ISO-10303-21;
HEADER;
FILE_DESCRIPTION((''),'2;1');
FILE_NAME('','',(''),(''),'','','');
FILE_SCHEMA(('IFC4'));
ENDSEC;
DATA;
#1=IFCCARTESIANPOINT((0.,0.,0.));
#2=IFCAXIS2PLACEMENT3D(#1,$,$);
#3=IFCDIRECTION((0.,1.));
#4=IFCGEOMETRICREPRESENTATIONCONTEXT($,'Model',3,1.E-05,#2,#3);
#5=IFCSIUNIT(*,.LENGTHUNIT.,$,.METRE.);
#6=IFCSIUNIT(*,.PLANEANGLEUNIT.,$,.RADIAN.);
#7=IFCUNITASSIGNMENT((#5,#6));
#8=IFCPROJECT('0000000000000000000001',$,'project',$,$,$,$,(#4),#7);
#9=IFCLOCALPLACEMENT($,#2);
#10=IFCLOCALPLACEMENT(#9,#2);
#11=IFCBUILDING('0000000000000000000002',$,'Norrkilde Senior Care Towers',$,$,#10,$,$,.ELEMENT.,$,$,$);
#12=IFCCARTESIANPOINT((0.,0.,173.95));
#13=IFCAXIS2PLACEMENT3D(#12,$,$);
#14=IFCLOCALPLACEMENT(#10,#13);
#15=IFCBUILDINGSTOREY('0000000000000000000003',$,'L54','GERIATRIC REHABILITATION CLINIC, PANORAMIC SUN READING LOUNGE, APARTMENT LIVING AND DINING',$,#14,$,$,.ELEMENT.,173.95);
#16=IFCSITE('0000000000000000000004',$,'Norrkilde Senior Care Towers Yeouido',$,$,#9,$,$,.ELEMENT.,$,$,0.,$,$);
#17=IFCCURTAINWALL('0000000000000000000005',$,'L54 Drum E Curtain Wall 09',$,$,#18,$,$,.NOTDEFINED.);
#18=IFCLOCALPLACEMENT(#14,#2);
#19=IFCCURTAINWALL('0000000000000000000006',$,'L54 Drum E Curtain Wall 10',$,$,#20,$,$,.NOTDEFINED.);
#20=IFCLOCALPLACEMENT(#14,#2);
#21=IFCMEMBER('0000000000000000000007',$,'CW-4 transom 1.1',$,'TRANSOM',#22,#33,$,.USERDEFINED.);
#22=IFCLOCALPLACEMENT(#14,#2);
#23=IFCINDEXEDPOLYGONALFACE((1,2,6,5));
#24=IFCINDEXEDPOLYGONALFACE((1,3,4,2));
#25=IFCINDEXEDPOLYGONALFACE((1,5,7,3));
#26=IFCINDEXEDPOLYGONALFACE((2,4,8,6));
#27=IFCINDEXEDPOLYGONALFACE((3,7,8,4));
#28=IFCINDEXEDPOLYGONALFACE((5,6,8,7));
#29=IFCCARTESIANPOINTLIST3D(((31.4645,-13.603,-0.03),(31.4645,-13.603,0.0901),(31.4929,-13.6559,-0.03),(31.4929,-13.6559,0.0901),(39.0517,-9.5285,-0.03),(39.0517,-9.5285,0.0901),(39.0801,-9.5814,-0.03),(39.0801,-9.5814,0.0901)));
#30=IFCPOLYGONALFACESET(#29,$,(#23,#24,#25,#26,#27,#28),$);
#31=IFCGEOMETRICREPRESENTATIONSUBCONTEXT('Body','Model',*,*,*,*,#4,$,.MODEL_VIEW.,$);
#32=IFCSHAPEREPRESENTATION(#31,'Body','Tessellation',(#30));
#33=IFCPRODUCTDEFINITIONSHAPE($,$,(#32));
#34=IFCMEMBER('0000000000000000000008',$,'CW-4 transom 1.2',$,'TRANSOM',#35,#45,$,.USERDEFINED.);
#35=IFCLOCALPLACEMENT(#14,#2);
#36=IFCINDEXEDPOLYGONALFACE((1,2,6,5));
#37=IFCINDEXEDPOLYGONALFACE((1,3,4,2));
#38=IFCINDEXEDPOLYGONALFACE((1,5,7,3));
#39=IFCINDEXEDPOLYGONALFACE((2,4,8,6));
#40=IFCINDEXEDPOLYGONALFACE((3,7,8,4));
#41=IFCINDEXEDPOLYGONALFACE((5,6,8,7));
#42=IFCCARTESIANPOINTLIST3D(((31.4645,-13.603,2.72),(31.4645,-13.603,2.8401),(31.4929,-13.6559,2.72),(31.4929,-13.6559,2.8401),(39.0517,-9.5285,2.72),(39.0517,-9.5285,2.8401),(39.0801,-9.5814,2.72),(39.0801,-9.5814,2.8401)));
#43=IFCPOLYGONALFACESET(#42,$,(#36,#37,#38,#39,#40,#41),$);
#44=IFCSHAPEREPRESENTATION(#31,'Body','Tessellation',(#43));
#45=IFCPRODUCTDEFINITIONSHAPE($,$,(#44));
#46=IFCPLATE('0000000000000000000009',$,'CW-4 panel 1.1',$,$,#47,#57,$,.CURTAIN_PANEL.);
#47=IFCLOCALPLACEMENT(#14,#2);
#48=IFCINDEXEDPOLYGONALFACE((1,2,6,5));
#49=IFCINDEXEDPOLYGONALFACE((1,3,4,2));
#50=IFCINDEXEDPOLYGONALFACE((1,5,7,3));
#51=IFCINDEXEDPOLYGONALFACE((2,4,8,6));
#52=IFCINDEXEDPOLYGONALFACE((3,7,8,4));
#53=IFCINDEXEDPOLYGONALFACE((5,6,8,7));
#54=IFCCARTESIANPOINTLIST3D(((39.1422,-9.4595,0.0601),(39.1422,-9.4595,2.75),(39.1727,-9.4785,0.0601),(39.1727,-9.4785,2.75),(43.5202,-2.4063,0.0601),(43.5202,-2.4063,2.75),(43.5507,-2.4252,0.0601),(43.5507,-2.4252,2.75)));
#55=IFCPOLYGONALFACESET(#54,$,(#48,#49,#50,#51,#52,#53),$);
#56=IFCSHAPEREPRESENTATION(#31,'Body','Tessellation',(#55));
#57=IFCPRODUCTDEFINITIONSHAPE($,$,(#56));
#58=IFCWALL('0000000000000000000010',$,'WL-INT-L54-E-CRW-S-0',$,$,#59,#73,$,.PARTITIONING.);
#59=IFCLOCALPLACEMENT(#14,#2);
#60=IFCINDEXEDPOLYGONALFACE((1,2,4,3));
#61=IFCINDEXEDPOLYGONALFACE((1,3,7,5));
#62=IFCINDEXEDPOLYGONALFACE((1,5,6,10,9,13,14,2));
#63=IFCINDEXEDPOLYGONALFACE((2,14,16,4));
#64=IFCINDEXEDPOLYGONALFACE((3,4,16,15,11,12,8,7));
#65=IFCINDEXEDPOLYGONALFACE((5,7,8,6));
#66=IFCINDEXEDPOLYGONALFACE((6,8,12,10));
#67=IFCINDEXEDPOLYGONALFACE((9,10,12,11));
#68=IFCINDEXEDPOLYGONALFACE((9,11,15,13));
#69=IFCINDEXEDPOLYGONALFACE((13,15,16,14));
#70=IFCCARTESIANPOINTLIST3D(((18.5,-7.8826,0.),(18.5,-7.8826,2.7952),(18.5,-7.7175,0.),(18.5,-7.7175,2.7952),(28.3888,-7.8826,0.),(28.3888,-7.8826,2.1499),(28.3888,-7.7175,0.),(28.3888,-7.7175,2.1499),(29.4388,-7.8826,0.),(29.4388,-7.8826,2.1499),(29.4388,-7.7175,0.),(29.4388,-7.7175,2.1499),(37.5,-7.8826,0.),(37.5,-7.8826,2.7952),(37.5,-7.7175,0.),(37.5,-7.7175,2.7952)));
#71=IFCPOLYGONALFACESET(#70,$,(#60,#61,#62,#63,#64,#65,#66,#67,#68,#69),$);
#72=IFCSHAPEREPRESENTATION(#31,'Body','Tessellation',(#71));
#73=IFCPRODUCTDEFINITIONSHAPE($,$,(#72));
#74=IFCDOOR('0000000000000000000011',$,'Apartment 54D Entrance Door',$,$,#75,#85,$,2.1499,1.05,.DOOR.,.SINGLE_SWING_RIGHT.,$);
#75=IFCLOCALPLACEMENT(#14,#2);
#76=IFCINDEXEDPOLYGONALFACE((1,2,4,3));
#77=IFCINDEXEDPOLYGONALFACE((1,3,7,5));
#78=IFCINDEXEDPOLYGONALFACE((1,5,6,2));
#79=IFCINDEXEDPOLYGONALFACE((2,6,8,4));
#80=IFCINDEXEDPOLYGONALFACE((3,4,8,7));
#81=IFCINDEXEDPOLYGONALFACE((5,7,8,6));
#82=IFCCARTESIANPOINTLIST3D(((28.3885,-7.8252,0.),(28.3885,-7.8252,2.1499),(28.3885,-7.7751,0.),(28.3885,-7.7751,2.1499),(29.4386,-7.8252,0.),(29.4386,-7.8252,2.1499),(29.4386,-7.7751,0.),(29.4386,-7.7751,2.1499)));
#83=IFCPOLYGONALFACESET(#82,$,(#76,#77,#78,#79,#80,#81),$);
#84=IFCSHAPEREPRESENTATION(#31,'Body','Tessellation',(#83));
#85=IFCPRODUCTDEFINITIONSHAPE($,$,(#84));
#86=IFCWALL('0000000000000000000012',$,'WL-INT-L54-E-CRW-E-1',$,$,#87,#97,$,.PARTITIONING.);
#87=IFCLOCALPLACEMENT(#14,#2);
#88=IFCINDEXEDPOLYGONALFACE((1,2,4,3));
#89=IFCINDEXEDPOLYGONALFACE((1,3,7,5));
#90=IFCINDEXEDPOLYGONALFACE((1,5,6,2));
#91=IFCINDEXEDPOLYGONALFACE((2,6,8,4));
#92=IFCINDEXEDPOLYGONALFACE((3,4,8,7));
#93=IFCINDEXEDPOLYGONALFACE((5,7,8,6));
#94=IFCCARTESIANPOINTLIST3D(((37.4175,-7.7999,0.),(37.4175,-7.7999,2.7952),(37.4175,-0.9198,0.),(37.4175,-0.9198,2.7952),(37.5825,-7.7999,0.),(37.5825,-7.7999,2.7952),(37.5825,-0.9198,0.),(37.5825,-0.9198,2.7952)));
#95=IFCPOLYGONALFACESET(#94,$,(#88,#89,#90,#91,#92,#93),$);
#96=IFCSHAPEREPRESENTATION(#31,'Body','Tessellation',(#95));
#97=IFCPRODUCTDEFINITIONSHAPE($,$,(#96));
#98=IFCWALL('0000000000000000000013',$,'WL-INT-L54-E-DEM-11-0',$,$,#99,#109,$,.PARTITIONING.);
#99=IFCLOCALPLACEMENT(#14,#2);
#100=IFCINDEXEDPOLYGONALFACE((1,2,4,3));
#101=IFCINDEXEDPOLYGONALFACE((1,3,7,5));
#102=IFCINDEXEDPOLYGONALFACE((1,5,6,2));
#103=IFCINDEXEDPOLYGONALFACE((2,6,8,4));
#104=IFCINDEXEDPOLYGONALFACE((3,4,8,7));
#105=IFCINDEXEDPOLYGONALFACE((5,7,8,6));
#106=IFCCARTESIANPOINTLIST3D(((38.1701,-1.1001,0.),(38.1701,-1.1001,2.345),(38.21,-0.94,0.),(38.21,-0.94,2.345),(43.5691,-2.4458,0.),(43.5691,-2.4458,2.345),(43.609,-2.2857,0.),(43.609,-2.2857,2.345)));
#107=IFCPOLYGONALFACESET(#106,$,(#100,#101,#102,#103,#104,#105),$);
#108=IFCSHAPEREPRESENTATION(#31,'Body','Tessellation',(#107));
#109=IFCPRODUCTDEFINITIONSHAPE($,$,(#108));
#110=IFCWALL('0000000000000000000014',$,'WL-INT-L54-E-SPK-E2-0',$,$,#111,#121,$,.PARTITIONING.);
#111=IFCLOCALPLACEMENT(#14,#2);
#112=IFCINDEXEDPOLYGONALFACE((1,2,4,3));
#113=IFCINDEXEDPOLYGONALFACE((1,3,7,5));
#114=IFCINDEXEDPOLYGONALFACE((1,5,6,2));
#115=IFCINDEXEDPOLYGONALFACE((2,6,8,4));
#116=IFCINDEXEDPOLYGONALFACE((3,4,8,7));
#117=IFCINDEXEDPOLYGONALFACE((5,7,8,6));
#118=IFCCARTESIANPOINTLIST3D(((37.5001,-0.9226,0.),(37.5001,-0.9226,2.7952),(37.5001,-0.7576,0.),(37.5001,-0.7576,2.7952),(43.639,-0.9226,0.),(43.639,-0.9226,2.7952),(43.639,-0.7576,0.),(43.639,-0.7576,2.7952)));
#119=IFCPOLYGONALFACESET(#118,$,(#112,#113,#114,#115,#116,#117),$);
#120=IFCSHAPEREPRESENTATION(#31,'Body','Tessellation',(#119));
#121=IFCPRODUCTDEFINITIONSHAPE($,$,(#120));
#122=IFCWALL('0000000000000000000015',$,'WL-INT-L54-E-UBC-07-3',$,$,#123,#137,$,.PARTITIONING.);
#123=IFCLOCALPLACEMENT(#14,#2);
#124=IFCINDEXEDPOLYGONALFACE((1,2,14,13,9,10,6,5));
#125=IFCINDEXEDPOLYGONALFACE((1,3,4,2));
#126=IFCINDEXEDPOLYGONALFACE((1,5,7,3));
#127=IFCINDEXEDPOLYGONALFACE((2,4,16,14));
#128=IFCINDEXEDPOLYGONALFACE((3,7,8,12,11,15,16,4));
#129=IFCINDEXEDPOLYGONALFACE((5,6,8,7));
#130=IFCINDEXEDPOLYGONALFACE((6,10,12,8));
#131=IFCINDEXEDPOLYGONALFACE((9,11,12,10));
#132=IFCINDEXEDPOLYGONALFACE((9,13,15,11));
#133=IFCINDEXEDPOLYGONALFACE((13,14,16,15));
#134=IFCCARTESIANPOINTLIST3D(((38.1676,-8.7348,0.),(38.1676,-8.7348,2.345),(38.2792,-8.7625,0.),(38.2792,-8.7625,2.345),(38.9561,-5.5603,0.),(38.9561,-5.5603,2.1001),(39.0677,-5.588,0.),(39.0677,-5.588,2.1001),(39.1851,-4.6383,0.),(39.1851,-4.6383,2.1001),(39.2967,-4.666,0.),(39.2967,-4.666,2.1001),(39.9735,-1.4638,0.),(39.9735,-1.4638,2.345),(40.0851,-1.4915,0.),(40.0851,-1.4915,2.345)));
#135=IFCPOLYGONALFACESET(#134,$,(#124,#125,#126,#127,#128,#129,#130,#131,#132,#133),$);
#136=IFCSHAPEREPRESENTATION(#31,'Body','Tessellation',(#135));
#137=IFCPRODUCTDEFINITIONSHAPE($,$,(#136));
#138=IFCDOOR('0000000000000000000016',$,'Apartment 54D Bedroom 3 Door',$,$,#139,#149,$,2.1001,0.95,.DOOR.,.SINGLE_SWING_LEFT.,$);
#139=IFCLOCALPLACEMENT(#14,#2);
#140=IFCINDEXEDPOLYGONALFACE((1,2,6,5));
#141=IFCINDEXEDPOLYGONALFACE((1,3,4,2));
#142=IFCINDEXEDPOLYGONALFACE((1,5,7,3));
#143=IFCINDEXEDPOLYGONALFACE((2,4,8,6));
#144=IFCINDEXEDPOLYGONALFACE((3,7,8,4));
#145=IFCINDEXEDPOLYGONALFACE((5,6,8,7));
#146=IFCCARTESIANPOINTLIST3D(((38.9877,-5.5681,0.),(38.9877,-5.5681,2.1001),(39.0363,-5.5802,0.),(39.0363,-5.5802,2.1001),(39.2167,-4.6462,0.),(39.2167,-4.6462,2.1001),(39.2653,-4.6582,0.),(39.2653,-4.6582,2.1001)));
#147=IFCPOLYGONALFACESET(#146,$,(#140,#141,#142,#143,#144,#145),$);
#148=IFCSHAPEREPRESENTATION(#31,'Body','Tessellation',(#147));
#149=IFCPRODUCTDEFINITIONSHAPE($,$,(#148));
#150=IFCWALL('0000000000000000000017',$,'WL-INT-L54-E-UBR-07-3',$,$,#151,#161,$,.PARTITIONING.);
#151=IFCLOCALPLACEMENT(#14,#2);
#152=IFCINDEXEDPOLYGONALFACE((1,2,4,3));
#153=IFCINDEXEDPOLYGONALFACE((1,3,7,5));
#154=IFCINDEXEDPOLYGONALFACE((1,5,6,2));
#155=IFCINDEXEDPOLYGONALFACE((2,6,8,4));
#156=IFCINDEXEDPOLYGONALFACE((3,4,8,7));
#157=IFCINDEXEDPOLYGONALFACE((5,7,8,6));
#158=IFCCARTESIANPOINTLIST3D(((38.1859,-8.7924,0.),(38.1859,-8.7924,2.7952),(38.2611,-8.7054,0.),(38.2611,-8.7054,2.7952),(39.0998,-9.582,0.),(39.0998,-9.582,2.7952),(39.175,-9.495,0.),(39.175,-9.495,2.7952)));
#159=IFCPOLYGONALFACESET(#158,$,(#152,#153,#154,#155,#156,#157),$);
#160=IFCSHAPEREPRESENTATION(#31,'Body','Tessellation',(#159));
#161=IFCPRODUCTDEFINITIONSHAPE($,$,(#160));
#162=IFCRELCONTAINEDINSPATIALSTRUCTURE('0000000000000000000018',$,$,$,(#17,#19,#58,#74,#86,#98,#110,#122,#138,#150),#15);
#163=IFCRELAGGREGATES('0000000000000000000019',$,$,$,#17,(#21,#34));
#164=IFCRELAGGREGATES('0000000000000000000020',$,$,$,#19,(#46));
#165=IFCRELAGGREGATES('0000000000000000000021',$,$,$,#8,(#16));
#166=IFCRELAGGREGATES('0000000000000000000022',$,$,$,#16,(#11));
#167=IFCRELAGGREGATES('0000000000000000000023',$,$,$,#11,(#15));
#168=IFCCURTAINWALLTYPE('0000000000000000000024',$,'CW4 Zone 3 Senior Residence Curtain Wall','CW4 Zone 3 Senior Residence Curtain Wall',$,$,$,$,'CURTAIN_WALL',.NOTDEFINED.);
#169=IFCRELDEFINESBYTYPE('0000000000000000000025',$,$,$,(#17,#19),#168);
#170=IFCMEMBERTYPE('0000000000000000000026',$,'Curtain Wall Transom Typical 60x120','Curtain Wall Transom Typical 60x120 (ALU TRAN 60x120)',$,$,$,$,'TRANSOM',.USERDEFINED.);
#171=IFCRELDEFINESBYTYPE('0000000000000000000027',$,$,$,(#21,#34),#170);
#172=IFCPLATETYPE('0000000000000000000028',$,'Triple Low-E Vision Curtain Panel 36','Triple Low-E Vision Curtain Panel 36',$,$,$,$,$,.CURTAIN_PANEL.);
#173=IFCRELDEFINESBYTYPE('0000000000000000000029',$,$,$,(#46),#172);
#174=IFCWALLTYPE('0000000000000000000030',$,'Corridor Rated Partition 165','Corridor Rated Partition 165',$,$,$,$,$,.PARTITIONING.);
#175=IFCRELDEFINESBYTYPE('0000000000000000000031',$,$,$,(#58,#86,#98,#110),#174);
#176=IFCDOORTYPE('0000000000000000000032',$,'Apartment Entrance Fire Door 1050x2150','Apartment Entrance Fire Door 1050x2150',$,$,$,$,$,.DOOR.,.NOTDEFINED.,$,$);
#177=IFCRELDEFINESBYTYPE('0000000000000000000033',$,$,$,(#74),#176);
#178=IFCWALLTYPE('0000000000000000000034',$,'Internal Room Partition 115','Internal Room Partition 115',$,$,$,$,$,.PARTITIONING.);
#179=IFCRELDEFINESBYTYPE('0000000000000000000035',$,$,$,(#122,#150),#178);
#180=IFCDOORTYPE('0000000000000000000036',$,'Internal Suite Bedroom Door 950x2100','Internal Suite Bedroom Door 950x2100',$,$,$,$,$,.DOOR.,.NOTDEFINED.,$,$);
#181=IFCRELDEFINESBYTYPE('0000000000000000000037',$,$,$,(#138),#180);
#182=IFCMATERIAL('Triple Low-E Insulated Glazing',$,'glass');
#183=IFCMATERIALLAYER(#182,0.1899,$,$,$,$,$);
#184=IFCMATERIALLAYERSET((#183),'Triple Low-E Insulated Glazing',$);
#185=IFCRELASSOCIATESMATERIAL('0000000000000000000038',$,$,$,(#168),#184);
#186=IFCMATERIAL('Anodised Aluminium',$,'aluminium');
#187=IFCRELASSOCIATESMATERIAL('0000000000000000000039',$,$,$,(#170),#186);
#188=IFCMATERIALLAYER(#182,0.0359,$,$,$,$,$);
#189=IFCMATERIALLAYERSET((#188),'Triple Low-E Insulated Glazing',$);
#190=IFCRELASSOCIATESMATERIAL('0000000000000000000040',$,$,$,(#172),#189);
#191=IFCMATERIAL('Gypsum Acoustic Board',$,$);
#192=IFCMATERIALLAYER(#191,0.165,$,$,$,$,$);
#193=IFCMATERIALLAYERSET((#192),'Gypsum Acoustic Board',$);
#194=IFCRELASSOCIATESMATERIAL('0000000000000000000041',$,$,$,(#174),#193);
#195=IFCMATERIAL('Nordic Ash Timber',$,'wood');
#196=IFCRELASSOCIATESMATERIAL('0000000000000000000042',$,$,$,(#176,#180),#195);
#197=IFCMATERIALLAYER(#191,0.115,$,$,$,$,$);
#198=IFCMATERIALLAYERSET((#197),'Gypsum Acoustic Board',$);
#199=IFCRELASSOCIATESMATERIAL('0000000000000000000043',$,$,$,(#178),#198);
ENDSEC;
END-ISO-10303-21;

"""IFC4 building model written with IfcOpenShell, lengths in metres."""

from ifc_helpers import new_model, si_unit, direction, frame, frame_2d, origin, origin_2d, place, context, subcontext, project, spatial, rectangle, extrude, source, transform, mapped, material, layer, layer_set, material_profile, profile_set, type_object, type_shapes, element, fill, aggregate, save


model = new_model("IFC4")

# Units and contexts
model_context = context("Model", 3, precision=1e-05, world=origin(), true_north=direction((0.0, 1.0)))
body_context = subcontext(model_context, "Body", "Model", "MODEL_VIEW")
ifc_project = project(units=[si_unit("LENGTHUNIT", "METRE"), si_unit("PLANEANGLEUNIT", "RADIAN")], contexts=[model_context])

# Site, building, storey
site_placement = place(None, origin())
site = spatial("IfcSite", under=ifc_project, at=site_placement, Name="Norrkilde Senior Care Towers Yeouido", CompositionType="ELEMENT", RefElevation=0.0)
building_placement = place(site_placement, origin())
building = spatial("IfcBuilding", under=site, at=building_placement, Name="Norrkilde Senior Care Towers", CompositionType="ELEMENT")
storey_placement = place(building_placement, frame((0.0, 0.0, 173.95)))
storey = spatial("IfcBuildingStorey", under=building, at=storey_placement, Name="L54", Description="GERIATRIC REHABILITATION CLINIC, PANORAMIC SUN READING LOUNGE, APARTMENT LIVING AND DINING", CompositionType="ELEMENT", Elevation=173.95)

# Curtain wall
ifc_material_1 = material(Name="Triple Low-E Insulated Glazing", Category="glass")
ifc_layer_1 = layer(ifc_material_1, 0.1899)
ifc_layer_set_1 = layer_set([ifc_layer_1], Name="Triple Low-E Insulated Glazing")
curtain_wall_type = type_object("IfcCurtainWallType", Name="CW4 Zone 3 Senior Residence Curtain Wall", Description="CW4 Zone 3 Senior Residence Curtain Wall", ElementType="CURTAIN_WALL", PredefinedType="NOTDEFINED", material=ifc_layer_set_1)
curtain_wall_1_placement = place(storey_placement, origin())
curtain_wall_1 = element("IfcCurtainWall", 1, at=curtain_wall_1_placement, inside=storey, type_object=curtain_wall_type, Name="L54 Drum E Curtain Wall 09", PredefinedType="NOTDEFINED")
ifc_material_2 = material(Name="Anodised Aluminium", Category="aluminium")

# Curtain wall
curtain_wall_2_placement = place(storey_placement, origin())
curtain_wall_2 = element("IfcCurtainWall", 2, at=curtain_wall_2_placement, inside=storey, type_object=curtain_wall_type, Name="L54 Drum E Curtain Wall 10", PredefinedType="NOTDEFINED")

# Members
ifc_material_profile_1 = material_profile(ifc_material_2, rectangle(XDim=0.0601, YDim=0.1201, at=origin_2d()), Name="ALU TRAN 60x120")
ifc_profile_set_1 = profile_set([ifc_material_profile_1], Name="Anodised Aluminium")
member_type_1 = type_object("IfcMemberType", Name="Curtain Wall Transom Typical 60x120", Description="Curtain Wall Transom Typical 60x120 (ALU TRAN 60x120)", ElementType="TRANSOM", PredefinedType="USERDEFINED", material=ifc_profile_set_1)
shared_shape_1 = source(origin(), body_context, "Body", "SweptSolid", [
    extrude(rectangle(XDim=0.0601, YDim=0.1201, at=origin_2d()), origin(), (0.0, 0.0, 1.0), 8.6121),
])
member_1_placement = place(storey_placement, frame((39.0659, -9.5549, 0.03), z_axis=(-0.881, -0.473116, 0.0), x_axis=(0.473116, -0.881, 0.0)))
member_1 = element("IfcMember", 3, at=member_1_placement, type_object=member_type_1, Name="CW-4 transom 1.1", ObjectType="TRANSOM", PredefinedType="USERDEFINED", context=body_context, shape_type="MappedRepresentation", body=[
    mapped(shared_shape_1, transform((0.0, 0.0, 0.0), x_axis=(1.0, 0.0, 0.0), y_axis=(0.0, 1.0, 0.0), z_axis=(0.0, 0.0, 1.0), scale=1.0)),
])
member_2_placement = place(storey_placement, frame((39.0659, -9.5549, 2.78), z_axis=(-0.881, -0.473116, 0.0), x_axis=(0.473116, -0.881, 0.0)))
member_2 = element("IfcMember", 4, at=member_2_placement, type_object=member_type_1, Name="CW-4 transom 1.2", ObjectType="TRANSOM", PredefinedType="USERDEFINED", context=body_context, shape_type="MappedRepresentation", body=[
    mapped(shared_shape_1, transform((0.0, 0.0, 0.0), x_axis=(1.0, 0.0, 0.0), y_axis=(0.0, 1.0, 0.0), z_axis=(0.0, 0.0, 1.0), scale=1.0)),
])
aggregate(curtain_wall_1, [member_1, member_2])

# Plate
ifc_layer_2 = layer(ifc_material_1, 0.0359)
ifc_layer_set_2 = layer_set([ifc_layer_2], Name="Triple Low-E Insulated Glazing")
plate_type = type_object("IfcPlateType", Name="Triple Low-E Vision Curtain Panel 36", Description="Triple Low-E Vision Curtain Panel 36", PredefinedType="CURTAIN_PANEL", material=ifc_layer_set_2)
shared_shape_2 = source(origin(), body_context, "Body", "SweptSolid", [
    extrude(rectangle(XDim=8.3015, YDim=0.0359, at=origin_2d()), origin(), (0.0, 0.0, 1.0), 2.6899),
])
type_shapes(plate_type, [shared_shape_2])
plate_placement = place(storey_placement, frame((41.3464, -5.9424, 0.0601), z_axis=(0.0, 0.0, 1.0), x_axis=(-0.527373, -0.849634, 0.0)))
plate = element("IfcPlate", 5, at=plate_placement, type_object=plate_type, Name="CW-4 panel 1.1", PredefinedType="CURTAIN_PANEL", context=body_context, shape_type="MappedRepresentation", body=[
    mapped(shared_shape_2, transform((0.0, 0.0, 0.0), x_axis=(1.0, 0.0, 0.0), y_axis=(0.0, 1.0, 0.0), z_axis=(0.0, 0.0, 1.0), scale=1.0)),
])
aggregate(curtain_wall_2, [plate])

# Wall, opening, door
ifc_material_3 = material(Name="Gypsum Acoustic Board")
ifc_layer_3 = layer(ifc_material_3, 0.165)
ifc_layer_set_3 = layer_set([ifc_layer_3], Name="Gypsum Acoustic Board")
wall_type_1 = type_object("IfcWallType", Name="Corridor Rated Partition 165", Description="Corridor Rated Partition 165", PredefinedType="PARTITIONING", material=ifc_layer_set_3)
shared_shape_3 = source(origin(), body_context, "Body", "SweptSolid", [
    extrude(rectangle(XDim=19.0, YDim=0.165, at=frame_2d((9.5, 0.0))), origin(), (0.0, 0.0, 1.0), 2.7952),
])
wall_1_placement = place(storey_placement, frame((37.5, -7.8, 0.0), z_axis=(0.0, 0.0, 1.0), x_axis=(-1.0, 0.0, 0.0)))
wall_1 = element("IfcWall", 6, at=wall_1_placement, inside=storey, type_object=wall_type_1, Name="WL-INT-L54-E-CRW-S-0", PredefinedType="PARTITIONING", context=body_context, shape_type="MappedRepresentation", body=[
    mapped(shared_shape_3, transform((0.0, 0.0, 0.0), x_axis=(1.0, 0.0, 0.0), y_axis=(0.0, 1.0, 0.0), z_axis=(0.0, 0.0, 1.0), scale=1.0)),
])
opening_1_placement = place(wall_1_placement, frame((8.0613, 0.0, 0.0)))
opening_1 = element("IfcOpeningElement", 7, at=opening_1_placement, cuts=wall_1, PredefinedType="OPENING", context=body_context, shape_type="SweptSolid", body=[
    extrude(rectangle(XDim=1.05, YDim=2.1499, at=frame_2d((0.5249, 1.075))), frame((0.0, 0.0925, 0.0), z_axis=(0.0, -1.0, 0.0), x_axis=(1.0, 0.0, 0.0)), (0.0, 0.0, 1.0), 0.1851),
])
ifc_material_4 = material(Name="Nordic Ash Timber", Category="wood")
door_type_1 = type_object("IfcDoorType", Name="Apartment Entrance Fire Door 1050x2150", Description="Apartment Entrance Fire Door 1050x2150", OperationType="NOTDEFINED", PredefinedType="DOOR", material=ifc_material_4)
shared_shape_4 = source(origin(), body_context, "Body", "SweptSolid", [
    extrude(rectangle(XDim=1.05, YDim=2.1499, at=frame_2d((0.5249, 1.075))), frame((0.0, 0.0249, 0.0), z_axis=(0.0, -1.0, 0.0), x_axis=(1.0, 0.0, 0.0)), (0.0, 0.0, 1.0), 0.05),
])
type_shapes(door_type_1, [shared_shape_4])
door_1_placement = place(opening_1_placement, frame((1.05, 0.0, 0.0), z_axis=(0.0, 0.0, 1.0), x_axis=(-1.0, 0.0, 0.0)))
door_1 = element("IfcDoor", 8, at=door_1_placement, inside=storey, type_object=door_type_1, Name="Apartment 54D Entrance Door", OperationType="SINGLE_SWING_RIGHT", OverallHeight=2.1499, OverallWidth=1.05, PredefinedType="DOOR", context=body_context, shape_type="MappedRepresentation", body=[
    mapped(shared_shape_4, transform((0.0, 0.0, 0.0), x_axis=(1.0, 0.0, 0.0), y_axis=(0.0, 1.0, 0.0), z_axis=(0.0, 0.0, 1.0), scale=1.0)),
])
fill(opening_1, door_1)

# Walls
shared_shape_5 = source(origin(), body_context, "Body", "SweptSolid", [
    extrude(rectangle(XDim=6.8801, YDim=0.165, at=frame_2d((3.4399, 0.0))), origin(), (0.0, 0.0, 1.0), 2.7952),
])
wall_2_placement = place(storey_placement, frame((37.5, -0.9199, 0.0), z_axis=(0.0, 0.0, 1.0), x_axis=(0.0, -1.0, 0.0)))
element("IfcWall", 9, at=wall_2_placement, inside=storey, type_object=wall_type_1, Name="WL-INT-L54-E-CRW-E-1", PredefinedType="PARTITIONING", context=body_context, shape_type="MappedRepresentation", body=[
    mapped(shared_shape_5, transform((0.0, 0.0, 0.0), x_axis=(1.0, 0.0, 0.0), y_axis=(0.0, 1.0, 0.0), z_axis=(0.0, 0.0, 1.0), scale=1.0)),
])
shared_shape_6 = source(origin(), body_context, "Body", "SweptSolid", [
    extrude(rectangle(XDim=5.5642, YDim=0.165, at=frame_2d((2.7822, 0.0))), origin(), (0.0, 0.0, 1.0), 2.345),
])
wall_3_placement = place(storey_placement, frame((38.1899, -1.02, 0.0), z_axis=(0.0, 0.0, 1.0), x_axis=(0.970313, -0.241854, 0.0)))
element("IfcWall", 10, at=wall_3_placement, inside=storey, type_object=wall_type_1, Name="WL-INT-L54-E-DEM-11-0", PredefinedType="PARTITIONING", context=body_context, shape_type="MappedRepresentation", body=[
    mapped(shared_shape_6, transform((0.0, 0.0, 0.0), x_axis=(1.0, 0.0, 0.0), y_axis=(0.0, 1.0, 0.0), z_axis=(0.0, 0.0, 1.0), scale=1.0)),
])
shared_shape_7 = source(origin(), body_context, "Body", "SweptSolid", [
    extrude(rectangle(XDim=6.1389, YDim=0.165, at=frame_2d((3.0693, 0.0))), origin(), (0.0, 0.0, 1.0), 2.7952),
])
type_shapes(wall_type_1, [shared_shape_3, shared_shape_5, shared_shape_6, shared_shape_7])
wall_4_placement = place(storey_placement, frame((43.6389, -0.8401, 0.0), z_axis=(0.0, 0.0, 1.0), x_axis=(-1.0, 0.0, 0.0)))
element("IfcWall", 11, at=wall_4_placement, inside=storey, type_object=wall_type_1, Name="WL-INT-L54-E-SPK-E2-0", PredefinedType="PARTITIONING", context=body_context, shape_type="MappedRepresentation", body=[
    mapped(shared_shape_7, transform((0.0, 0.0, 0.0), x_axis=(1.0, 0.0, 0.0), y_axis=(0.0, 1.0, 0.0), z_axis=(0.0, 0.0, 1.0), scale=1.0)),
])

# Wall, opening, door
ifc_layer_4 = layer(ifc_material_3, 0.115)
ifc_layer_set_4 = layer_set([ifc_layer_4], Name="Gypsum Acoustic Board")
wall_type_2 = type_object("IfcWallType", Name="Internal Room Partition 115", Description="Internal Room Partition 115", PredefinedType="PARTITIONING", material=ifc_layer_set_4)
shared_shape_8 = source(origin(), body_context, "Body", "SweptSolid", [
    extrude(rectangle(XDim=7.4919, YDim=0.115, at=frame_2d((3.7461, 0.0))), origin(), (0.0, 0.0, 1.0), 2.345),
])
wall_5_placement = place(storey_placement, frame((38.2234, -8.7488, 0.0), z_axis=(0.0, 0.0, 1.0), x_axis=(0.241048, 0.970513, 0.0)))
wall_5 = element("IfcWall", 12, at=wall_5_placement, inside=storey, type_object=wall_type_2, Name="WL-INT-L54-E-UBC-07-3", PredefinedType="PARTITIONING", context=body_context, shape_type="MappedRepresentation", body=[
    mapped(shared_shape_8, transform((0.0, 0.0, 0.0), x_axis=(1.0, 0.0, 0.0), y_axis=(0.0, 1.0, 0.0), z_axis=(0.0, 0.0, 1.0), scale=1.0)),
])
opening_2_placement = place(wall_5_placement, frame((3.271, 0.0, 0.0)))
opening_2 = element("IfcOpeningElement", 13, at=opening_2_placement, cuts=wall_5, PredefinedType="OPENING", context=body_context, shape_type="SweptSolid", body=[
    extrude(rectangle(XDim=0.95, YDim=2.1001, at=frame_2d((0.4751, 1.05))), frame((0.0, 0.0674, 0.0), z_axis=(0.0, -1.0, 0.0), x_axis=(1.0, 0.0, 0.0)), (0.0, 0.0, 1.0), 0.135),
])
door_type_2 = type_object("IfcDoorType", Name="Internal Suite Bedroom Door 950x2100", Description="Internal Suite Bedroom Door 950x2100", OperationType="NOTDEFINED", PredefinedType="DOOR", material=ifc_material_4)
shared_shape_9 = source(origin(), body_context, "Body", "SweptSolid", [
    extrude(rectangle(XDim=0.95, YDim=2.1001, at=frame_2d((0.4751, 1.05))), frame((0.0, 0.0249, 0.0), z_axis=(0.0, -1.0, 0.0), x_axis=(1.0, 0.0, 0.0)), (0.0, 0.0, 1.0), 0.05),
])
type_shapes(door_type_2, [shared_shape_9])
door_2_placement = place(opening_2_placement, origin())
door_2 = element("IfcDoor", 14, at=door_2_placement, inside=storey, type_object=door_type_2, Name="Apartment 54D Bedroom 3 Door", OperationType="SINGLE_SWING_LEFT", OverallHeight=2.1001, OverallWidth=0.95, PredefinedType="DOOR", context=body_context, shape_type="MappedRepresentation", body=[
    mapped(shared_shape_9, transform((0.0, 0.0, 0.0), x_axis=(1.0, 0.0, 0.0), y_axis=(0.0, 1.0, 0.0), z_axis=(0.0, 0.0, 1.0), scale=1.0)),
])
fill(opening_2, door_2)

# Wall
shared_shape_10 = source(origin(), body_context, "Body", "SweptSolid", [
    extrude(rectangle(XDim=1.2078, YDim=0.115, at=frame_2d((0.604, 0.0))), origin(), (0.0, 0.0, 1.0), 2.7952),
])
type_shapes(wall_type_2, [shared_shape_8, shared_shape_10])
wall_6_placement = place(storey_placement, frame((38.2234, -8.7488, 0.0), z_axis=(0.0, 0.0, 1.0), x_axis=(0.756682, -0.653783, 0.0)))
element("IfcWall", 15, at=wall_6_placement, inside=storey, type_object=wall_type_2, Name="WL-INT-L54-E-UBR-07-3", PredefinedType="PARTITIONING", context=body_context, shape_type="MappedRepresentation", body=[
    mapped(shared_shape_10, transform((0.0, 0.0, 0.0), x_axis=(1.0, 0.0, 0.0), y_axis=(0.0, 1.0, 0.0), z_axis=(0.0, 0.0, 1.0), scale=1.0)),
])

save(model, "model.ifc")
